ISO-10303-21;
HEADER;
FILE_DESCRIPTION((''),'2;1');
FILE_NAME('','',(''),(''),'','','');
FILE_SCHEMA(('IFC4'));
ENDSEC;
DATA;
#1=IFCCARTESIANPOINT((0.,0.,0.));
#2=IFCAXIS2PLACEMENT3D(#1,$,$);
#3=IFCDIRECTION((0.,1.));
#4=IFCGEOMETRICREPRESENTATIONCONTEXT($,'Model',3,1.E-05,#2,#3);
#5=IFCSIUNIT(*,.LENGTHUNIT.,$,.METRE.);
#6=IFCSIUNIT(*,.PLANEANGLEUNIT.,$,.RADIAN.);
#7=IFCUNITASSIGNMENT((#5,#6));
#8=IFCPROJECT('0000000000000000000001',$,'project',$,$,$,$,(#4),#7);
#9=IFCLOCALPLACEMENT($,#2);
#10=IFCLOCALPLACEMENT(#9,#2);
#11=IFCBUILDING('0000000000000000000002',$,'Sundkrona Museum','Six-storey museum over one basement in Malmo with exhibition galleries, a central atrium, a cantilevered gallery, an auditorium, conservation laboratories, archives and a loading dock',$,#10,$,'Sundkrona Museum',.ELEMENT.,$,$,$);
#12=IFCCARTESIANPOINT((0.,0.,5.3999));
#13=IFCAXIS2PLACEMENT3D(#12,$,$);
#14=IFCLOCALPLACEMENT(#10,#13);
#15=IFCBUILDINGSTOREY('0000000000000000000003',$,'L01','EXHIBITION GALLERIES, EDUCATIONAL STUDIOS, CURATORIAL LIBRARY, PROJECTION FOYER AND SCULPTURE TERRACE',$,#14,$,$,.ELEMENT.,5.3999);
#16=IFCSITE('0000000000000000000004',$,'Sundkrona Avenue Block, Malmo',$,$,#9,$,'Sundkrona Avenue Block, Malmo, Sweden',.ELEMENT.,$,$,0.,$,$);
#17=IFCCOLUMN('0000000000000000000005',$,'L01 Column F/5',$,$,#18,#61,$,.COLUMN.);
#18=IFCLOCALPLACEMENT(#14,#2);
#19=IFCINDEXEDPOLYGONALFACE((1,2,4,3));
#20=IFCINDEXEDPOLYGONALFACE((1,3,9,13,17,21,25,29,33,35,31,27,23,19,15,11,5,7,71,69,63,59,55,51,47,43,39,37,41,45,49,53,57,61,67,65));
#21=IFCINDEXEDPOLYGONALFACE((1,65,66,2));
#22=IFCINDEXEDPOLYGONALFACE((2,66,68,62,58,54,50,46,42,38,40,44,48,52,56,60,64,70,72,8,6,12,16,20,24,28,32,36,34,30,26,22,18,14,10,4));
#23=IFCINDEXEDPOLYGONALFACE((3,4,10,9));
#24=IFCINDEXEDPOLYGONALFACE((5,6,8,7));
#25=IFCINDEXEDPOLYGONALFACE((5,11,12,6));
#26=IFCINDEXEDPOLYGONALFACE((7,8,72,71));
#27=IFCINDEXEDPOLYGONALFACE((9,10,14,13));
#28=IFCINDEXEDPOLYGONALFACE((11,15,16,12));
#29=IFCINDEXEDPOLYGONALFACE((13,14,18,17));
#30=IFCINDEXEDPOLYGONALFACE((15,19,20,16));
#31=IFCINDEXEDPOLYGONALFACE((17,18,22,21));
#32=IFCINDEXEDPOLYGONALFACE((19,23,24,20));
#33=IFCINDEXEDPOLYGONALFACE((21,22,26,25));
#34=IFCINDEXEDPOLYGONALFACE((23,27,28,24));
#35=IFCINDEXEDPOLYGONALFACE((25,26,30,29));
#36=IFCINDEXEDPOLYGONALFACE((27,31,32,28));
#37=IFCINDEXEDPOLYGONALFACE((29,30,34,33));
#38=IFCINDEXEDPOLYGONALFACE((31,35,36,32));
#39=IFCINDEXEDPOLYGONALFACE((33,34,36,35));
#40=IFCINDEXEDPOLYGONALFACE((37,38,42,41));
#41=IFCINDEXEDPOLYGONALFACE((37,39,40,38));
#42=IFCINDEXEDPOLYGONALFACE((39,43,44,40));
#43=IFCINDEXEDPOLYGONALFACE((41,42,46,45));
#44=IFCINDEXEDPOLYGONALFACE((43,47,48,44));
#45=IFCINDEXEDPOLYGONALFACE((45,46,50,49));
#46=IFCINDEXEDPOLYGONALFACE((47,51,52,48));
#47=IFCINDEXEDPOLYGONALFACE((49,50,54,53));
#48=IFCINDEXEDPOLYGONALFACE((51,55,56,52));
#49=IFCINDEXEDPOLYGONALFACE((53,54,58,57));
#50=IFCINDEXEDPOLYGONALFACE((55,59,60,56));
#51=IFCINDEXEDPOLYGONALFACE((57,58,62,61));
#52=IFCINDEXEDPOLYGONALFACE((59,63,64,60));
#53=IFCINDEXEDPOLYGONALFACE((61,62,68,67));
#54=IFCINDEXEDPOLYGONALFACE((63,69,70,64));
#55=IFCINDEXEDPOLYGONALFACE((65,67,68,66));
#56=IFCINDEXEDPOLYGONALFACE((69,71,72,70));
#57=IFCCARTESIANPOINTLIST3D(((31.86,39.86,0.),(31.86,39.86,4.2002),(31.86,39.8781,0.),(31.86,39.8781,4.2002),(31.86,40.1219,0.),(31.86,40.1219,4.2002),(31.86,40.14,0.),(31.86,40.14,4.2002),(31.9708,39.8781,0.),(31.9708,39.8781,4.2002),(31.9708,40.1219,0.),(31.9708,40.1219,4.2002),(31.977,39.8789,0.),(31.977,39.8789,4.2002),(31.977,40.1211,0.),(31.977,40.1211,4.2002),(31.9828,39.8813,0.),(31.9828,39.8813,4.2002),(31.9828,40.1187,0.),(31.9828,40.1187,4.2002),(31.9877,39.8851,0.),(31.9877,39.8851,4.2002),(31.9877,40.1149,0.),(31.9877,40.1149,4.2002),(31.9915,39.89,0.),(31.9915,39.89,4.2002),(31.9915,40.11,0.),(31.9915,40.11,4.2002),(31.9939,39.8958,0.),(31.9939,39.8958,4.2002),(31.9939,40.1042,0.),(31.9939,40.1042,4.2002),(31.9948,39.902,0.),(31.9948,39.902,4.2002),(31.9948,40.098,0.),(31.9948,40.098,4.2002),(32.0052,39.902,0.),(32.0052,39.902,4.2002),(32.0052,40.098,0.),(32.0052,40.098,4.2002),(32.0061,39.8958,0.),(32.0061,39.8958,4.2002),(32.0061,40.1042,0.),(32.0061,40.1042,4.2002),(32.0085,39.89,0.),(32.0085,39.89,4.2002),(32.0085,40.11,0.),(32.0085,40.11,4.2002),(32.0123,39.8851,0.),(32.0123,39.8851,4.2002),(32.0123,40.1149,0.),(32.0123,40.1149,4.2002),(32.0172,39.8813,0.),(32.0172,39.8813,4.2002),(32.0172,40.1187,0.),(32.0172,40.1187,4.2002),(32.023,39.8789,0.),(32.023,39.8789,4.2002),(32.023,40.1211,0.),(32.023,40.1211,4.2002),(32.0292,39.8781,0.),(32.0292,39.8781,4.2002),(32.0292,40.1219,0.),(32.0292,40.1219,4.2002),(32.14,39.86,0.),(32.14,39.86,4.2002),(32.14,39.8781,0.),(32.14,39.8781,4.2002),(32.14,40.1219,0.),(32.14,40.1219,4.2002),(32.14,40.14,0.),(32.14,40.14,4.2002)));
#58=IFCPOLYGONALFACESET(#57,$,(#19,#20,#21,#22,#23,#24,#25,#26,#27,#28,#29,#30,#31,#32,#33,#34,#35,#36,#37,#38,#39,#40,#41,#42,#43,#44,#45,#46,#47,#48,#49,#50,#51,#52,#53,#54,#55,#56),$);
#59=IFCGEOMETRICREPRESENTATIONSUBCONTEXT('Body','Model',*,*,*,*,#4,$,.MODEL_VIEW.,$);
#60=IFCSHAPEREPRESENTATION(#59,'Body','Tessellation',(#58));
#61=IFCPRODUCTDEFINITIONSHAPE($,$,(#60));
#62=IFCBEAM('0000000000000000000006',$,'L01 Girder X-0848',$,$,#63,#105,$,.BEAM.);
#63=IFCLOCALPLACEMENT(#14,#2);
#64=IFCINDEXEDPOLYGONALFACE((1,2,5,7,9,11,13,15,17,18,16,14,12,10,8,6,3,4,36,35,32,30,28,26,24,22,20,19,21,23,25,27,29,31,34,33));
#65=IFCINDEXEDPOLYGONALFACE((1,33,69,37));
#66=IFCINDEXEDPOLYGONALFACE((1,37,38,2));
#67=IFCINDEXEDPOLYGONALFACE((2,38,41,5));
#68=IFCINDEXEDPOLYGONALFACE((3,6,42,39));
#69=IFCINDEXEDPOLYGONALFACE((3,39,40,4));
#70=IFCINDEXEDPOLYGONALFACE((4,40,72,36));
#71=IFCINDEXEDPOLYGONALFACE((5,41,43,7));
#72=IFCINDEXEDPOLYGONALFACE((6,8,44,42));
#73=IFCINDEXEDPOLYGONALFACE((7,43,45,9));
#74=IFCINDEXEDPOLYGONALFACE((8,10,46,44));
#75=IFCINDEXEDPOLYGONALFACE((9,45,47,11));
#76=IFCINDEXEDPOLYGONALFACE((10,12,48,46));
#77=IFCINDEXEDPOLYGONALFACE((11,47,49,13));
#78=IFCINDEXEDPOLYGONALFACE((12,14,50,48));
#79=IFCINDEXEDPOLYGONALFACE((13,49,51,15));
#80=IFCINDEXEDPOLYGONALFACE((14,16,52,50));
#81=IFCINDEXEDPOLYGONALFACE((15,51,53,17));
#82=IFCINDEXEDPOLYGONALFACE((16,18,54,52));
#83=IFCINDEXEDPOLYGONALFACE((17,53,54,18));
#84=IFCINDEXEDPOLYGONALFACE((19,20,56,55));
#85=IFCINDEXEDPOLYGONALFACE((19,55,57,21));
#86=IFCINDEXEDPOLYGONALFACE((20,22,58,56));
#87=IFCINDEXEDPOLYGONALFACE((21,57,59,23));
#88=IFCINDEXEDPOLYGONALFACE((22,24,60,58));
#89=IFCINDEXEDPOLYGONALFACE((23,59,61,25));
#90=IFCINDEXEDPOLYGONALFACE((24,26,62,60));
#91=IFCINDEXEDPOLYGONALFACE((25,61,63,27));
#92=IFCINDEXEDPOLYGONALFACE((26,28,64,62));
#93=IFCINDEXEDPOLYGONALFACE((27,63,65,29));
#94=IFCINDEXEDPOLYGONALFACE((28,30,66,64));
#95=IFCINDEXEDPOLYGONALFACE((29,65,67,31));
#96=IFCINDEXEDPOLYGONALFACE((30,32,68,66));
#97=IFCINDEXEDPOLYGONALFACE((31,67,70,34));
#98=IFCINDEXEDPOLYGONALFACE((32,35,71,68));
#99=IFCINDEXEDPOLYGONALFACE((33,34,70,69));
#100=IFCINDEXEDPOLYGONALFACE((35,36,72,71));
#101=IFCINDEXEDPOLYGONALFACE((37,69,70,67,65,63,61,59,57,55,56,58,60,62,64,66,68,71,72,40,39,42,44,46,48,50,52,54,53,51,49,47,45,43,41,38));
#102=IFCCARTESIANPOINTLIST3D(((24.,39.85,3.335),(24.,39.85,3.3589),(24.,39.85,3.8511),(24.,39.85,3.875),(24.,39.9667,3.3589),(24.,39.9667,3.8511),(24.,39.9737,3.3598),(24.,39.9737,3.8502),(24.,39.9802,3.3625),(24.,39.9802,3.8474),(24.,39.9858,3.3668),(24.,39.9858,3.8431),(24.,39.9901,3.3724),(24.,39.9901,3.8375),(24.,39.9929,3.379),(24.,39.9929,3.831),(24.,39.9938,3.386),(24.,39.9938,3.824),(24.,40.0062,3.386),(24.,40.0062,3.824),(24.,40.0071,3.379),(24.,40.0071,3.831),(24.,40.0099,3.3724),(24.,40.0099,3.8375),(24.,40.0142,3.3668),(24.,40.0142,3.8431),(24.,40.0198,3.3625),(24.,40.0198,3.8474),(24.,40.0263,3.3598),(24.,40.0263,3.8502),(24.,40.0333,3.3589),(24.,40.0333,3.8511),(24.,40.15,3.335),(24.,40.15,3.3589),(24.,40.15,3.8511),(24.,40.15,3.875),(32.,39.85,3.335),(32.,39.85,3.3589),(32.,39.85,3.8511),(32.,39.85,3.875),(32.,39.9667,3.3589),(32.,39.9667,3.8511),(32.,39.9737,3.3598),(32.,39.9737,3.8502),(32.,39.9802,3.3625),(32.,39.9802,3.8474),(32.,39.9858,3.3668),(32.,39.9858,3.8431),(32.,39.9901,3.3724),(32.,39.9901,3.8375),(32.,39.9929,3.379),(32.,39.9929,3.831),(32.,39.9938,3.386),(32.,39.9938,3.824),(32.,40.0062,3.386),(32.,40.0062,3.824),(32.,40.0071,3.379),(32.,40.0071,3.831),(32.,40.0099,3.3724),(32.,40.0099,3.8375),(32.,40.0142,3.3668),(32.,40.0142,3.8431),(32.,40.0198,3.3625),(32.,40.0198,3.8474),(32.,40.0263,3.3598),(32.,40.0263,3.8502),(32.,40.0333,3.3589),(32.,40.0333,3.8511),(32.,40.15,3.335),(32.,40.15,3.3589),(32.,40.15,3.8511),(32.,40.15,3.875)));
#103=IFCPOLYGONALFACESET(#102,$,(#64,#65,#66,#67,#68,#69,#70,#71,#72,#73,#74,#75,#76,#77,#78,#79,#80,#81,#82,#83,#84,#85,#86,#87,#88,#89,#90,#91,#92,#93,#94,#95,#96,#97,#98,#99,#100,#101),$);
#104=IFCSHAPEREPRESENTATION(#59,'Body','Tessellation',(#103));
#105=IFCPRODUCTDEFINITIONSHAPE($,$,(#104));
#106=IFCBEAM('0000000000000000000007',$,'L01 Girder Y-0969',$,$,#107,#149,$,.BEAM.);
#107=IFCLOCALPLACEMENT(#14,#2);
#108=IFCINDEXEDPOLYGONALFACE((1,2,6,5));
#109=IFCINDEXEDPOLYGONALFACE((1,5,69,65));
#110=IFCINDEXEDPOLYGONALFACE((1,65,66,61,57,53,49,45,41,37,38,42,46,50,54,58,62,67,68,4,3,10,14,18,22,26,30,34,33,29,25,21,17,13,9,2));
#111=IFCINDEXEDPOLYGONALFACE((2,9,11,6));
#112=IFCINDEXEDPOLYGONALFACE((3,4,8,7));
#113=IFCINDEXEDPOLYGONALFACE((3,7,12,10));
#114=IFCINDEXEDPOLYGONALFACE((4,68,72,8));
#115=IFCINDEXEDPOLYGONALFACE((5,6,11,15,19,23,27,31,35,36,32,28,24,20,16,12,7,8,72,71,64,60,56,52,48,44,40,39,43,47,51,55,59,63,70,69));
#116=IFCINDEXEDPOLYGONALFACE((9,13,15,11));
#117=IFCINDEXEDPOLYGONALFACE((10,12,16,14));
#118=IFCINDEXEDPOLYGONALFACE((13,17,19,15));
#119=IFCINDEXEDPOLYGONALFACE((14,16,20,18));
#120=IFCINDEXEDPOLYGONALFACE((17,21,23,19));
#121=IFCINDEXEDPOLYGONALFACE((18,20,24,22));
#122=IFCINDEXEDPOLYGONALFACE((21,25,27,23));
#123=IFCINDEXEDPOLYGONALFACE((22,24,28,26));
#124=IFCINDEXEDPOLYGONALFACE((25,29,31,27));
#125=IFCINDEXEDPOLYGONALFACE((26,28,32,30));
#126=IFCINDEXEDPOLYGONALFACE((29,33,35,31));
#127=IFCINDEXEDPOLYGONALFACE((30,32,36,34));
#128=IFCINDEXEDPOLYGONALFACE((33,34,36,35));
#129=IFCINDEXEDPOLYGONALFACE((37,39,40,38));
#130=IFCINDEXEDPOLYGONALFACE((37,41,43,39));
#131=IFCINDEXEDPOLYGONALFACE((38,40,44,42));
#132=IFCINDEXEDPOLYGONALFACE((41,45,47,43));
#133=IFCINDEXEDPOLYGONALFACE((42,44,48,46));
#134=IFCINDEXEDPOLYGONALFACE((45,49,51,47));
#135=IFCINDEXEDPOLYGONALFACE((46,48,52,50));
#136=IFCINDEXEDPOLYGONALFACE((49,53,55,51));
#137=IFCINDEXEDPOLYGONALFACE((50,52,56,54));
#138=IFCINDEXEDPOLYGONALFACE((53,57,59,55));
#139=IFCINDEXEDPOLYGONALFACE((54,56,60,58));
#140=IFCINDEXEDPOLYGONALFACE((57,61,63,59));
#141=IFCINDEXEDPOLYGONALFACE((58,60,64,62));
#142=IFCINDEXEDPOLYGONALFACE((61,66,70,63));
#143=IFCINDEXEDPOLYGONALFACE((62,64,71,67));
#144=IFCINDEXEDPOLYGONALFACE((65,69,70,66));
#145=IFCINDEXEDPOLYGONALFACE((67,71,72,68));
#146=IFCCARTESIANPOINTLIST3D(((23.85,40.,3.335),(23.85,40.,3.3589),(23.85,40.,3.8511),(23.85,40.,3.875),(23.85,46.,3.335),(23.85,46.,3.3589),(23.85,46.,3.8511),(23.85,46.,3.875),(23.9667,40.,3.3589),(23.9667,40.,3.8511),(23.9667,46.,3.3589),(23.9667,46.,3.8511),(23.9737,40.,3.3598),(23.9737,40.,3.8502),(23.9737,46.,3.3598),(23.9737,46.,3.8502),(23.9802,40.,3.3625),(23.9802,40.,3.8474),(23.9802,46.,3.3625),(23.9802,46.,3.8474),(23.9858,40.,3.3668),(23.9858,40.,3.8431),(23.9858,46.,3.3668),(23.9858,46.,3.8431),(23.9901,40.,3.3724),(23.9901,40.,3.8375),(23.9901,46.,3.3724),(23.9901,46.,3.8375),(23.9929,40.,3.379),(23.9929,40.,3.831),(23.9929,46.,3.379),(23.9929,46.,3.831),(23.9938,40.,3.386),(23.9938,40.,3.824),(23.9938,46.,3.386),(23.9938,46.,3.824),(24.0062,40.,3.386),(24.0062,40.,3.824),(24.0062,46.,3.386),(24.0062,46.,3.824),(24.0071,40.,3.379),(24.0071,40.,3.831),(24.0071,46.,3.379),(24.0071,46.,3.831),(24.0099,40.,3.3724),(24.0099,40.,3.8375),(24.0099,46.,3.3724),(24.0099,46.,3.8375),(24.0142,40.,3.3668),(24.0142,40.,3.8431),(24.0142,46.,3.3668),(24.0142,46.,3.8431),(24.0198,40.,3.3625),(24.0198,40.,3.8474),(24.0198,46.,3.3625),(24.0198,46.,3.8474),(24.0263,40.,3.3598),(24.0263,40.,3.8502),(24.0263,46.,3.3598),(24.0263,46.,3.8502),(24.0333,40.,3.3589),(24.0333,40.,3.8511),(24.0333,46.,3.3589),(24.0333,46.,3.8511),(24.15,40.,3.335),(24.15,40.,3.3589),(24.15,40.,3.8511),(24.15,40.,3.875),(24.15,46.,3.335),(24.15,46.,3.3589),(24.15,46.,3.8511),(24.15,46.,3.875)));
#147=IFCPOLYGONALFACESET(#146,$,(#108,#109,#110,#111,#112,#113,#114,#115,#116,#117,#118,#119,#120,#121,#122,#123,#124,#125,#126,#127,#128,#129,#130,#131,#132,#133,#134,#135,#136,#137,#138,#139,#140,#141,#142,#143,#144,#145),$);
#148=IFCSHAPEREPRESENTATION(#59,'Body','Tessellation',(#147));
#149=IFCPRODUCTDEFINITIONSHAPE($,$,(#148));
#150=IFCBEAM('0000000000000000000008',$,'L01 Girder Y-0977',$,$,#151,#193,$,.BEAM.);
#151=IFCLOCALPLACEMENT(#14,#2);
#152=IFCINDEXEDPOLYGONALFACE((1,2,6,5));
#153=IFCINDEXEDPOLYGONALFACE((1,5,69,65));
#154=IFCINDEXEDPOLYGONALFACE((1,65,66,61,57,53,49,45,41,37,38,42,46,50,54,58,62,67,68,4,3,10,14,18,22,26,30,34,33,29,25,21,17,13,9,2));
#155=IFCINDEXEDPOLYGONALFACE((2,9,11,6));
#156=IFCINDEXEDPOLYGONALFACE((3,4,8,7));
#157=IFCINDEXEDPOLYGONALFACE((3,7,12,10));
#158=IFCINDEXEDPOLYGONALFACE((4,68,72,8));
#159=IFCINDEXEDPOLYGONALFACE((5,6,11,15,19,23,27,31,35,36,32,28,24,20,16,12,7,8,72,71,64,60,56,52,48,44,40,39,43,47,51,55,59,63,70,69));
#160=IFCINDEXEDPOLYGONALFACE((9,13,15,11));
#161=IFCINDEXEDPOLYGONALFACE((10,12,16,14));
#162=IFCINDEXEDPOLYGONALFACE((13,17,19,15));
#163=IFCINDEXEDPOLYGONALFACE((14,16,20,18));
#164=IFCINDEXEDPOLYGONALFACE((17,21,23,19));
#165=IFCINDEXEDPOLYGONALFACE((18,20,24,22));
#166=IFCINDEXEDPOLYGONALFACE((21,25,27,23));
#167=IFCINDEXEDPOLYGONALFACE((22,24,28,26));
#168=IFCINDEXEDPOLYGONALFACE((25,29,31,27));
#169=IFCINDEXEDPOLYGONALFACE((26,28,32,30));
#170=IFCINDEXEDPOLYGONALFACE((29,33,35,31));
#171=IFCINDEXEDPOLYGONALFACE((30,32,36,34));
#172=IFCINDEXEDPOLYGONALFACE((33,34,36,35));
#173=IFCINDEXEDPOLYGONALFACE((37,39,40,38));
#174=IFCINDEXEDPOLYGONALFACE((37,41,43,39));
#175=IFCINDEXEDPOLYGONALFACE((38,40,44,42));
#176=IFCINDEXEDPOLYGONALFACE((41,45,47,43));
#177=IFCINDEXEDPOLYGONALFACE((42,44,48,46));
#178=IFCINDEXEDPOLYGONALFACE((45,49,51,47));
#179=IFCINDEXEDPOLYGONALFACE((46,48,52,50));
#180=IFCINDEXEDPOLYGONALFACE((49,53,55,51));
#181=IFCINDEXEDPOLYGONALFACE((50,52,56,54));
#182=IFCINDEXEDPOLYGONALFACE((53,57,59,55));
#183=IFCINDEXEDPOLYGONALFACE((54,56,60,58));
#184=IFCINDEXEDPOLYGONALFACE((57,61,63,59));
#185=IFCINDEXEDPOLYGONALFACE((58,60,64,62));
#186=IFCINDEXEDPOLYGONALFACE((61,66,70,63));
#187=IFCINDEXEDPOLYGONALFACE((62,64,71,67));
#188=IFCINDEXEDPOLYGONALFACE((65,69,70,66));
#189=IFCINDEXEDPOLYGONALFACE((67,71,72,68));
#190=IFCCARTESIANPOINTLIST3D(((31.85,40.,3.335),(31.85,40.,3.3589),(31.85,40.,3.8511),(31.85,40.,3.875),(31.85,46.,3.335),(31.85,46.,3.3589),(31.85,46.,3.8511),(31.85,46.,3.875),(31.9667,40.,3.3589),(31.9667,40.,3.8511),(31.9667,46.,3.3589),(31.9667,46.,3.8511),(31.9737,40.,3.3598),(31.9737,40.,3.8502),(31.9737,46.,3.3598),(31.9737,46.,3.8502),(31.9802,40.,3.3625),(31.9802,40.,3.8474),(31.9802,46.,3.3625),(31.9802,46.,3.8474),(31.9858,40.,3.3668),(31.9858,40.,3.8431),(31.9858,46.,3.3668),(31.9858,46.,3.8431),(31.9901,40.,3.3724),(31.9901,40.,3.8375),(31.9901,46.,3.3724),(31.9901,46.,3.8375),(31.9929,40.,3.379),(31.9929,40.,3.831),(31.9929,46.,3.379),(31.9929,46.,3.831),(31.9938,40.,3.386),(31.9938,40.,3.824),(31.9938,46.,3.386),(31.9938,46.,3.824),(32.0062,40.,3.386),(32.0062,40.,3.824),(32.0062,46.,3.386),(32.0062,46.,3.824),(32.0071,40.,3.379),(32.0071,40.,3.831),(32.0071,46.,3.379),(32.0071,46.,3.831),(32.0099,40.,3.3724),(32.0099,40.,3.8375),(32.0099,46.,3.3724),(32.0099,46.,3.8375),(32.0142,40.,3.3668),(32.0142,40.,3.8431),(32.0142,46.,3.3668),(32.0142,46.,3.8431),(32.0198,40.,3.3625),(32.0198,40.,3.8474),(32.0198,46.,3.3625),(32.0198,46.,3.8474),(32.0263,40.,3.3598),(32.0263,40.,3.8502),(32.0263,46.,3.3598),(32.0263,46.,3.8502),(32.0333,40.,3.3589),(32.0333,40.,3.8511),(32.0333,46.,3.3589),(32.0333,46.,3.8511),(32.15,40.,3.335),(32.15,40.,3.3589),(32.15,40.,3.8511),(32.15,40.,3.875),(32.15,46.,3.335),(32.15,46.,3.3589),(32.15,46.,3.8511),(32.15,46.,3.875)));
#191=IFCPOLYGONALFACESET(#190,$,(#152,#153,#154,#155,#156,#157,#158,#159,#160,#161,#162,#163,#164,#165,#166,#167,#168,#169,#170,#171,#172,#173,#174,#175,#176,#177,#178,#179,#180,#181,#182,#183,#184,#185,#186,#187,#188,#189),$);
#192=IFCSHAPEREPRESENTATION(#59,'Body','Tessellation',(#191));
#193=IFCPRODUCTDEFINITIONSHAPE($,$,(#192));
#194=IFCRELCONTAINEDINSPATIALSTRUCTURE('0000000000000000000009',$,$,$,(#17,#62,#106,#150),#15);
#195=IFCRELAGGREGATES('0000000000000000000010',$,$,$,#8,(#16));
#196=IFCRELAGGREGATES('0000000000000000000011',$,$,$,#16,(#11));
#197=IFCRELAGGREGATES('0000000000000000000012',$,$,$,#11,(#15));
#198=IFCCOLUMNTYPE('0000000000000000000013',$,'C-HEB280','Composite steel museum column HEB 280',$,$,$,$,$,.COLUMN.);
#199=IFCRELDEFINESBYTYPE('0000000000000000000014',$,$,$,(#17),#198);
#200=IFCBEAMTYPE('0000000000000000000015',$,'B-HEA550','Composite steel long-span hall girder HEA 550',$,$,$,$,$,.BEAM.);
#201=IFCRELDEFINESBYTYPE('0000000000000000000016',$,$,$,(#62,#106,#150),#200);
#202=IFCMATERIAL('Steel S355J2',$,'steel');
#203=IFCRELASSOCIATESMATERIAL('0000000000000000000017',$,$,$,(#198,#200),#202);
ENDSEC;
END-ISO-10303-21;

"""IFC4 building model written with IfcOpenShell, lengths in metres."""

from ifc_helpers import new_model, si_unit, direction, frame, origin, origin_2d, place, context, subcontext, project, spatial, i_section, extrude, material, material_profile, profile_set, type_object, element, save


model = new_model("IFC4")

# Units and contexts
model_context = context("Model", 3, precision=1e-05, world=origin(), true_north=direction((0.0, 1.0)))
body_context = subcontext(model_context, "Body", "Model", "MODEL_VIEW")
ifc_project = project(units=[si_unit("LENGTHUNIT", "METRE"), si_unit("PLANEANGLEUNIT", "RADIAN")], contexts=[model_context])

# Site, building, storey
site_placement = place(None, origin())
site = spatial("IfcSite", under=ifc_project, at=site_placement, Name="Sundkrona Avenue Block, Malmo", LongName="Sundkrona Avenue Block, Malmo, Sweden", CompositionType="ELEMENT", RefElevation=0.0)
building_placement = place(site_placement, origin())
building = spatial("IfcBuilding", under=site, at=building_placement, Name="Sundkrona Museum", Description="Six-storey museum over one basement in Malmo with exhibition galleries, a central atrium, a cantilevered gallery, an auditorium, conservation laboratories, archives and a loading dock", LongName="Sundkrona Museum", CompositionType="ELEMENT")
storey_placement = place(building_placement, frame((0.0, 0.0, 5.3999)))
storey = spatial("IfcBuildingStorey", under=building, at=storey_placement, Name="L01", Description="EXHIBITION GALLERIES, EDUCATIONAL STUDIOS, CURATORIAL LIBRARY, PROJECTION FOYER AND SCULPTURE TERRACE", CompositionType="ELEMENT", Elevation=5.3999)

# Column
ifc_material_1 = material(Name="Steel S355J2", Category="steel")
ifc_material_profile_1 = material_profile(ifc_material_1, i_section(OverallWidth=0.28, OverallDepth=0.28, WebThickness=0.0105, FlangeThickness=0.0181, FilletRadius=0.0239, at=origin_2d()), Name="HEB 280")
ifc_profile_set_1 = profile_set([ifc_material_profile_1], Name="Steel S355J2")
column_type = type_object("IfcColumnType", Name="C-HEB280", Description="Composite steel museum column HEB 280", PredefinedType="COLUMN", material=ifc_profile_set_1)
column_placement = place(storey_placement, frame((32.0, 40.0, 0.0), z_axis=(0.0, 0.0, 1.0), x_axis=(1.0, 0.0, 0.0)))
element("IfcColumn", 1, at=column_placement, inside=storey, type_object=column_type, Name="L01 Column F/5", PredefinedType="COLUMN", context=body_context, shape_type="SweptSolid", body=[
    extrude(i_section(OverallWidth=0.28, OverallDepth=0.28, WebThickness=0.0105, FlangeThickness=0.0181, FilletRadius=0.0239, at=origin_2d()), origin(), (0.0, 0.0, 1.0), 4.2002),
])

# Beams
ifc_material_profile_2 = material_profile(ifc_material_1, i_section(OverallWidth=0.3, OverallDepth=0.54, WebThickness=0.0125, FlangeThickness=0.0239, FilletRadius=0.0271, at=origin_2d()), Name="HEA 550")
ifc_profile_set_2 = profile_set([ifc_material_profile_2], Name="Steel S355J2")
beam_type_1 = type_object("IfcBeamType", Name="B-HEA550", Description="Composite steel long-span hall girder HEA 550", PredefinedType="BEAM", material=ifc_profile_set_2)
beam_placement = place(storey_placement, frame((24.0, 40.0, 3.605), z_axis=(1.0, 0.0, 0.0), x_axis=(0.0, 1.0, 0.0)))
element("IfcBeam", 2, at=beam_placement, inside=storey, type_object=beam_type_1, Name="L01 Girder X-0848", PredefinedType="BEAM", context=body_context, shape_type="SweptSolid", body=[
    extrude(i_section(OverallWidth=0.3, OverallDepth=0.54, WebThickness=0.0125, FlangeThickness=0.0239, FilletRadius=0.0271, at=origin_2d()), origin(), (0.0, 0.0, 1.0), 8.0),
])
for number, where, z_axis, x_axis, name in (
    (3, (24.0, 40.0, 3.605), (0.0, 1.0, 0.0), (-1.0, 0.0, 0.0), "L01 Girder Y-0969"),
    (4, (32.0, 40.0, 3.605), (0.0, 1.0, 0.0), (-1.0, 0.0, 0.0), "L01 Girder Y-0977"),
):
    element("IfcBeam", number, at=place(storey_placement, frame(where, z_axis=z_axis, x_axis=x_axis)), inside=storey, type_object=beam_type_1, Name=name, PredefinedType="BEAM", context=body_context, shape_type="SweptSolid", body=[
        extrude(i_section(OverallWidth=0.3, OverallDepth=0.54, WebThickness=0.0125, FlangeThickness=0.0239, FilletRadius=0.0271, at=origin_2d()), origin(), (0.0, 0.0, 1.0), 6.0),
    ])

save(model, "model.ifc")
